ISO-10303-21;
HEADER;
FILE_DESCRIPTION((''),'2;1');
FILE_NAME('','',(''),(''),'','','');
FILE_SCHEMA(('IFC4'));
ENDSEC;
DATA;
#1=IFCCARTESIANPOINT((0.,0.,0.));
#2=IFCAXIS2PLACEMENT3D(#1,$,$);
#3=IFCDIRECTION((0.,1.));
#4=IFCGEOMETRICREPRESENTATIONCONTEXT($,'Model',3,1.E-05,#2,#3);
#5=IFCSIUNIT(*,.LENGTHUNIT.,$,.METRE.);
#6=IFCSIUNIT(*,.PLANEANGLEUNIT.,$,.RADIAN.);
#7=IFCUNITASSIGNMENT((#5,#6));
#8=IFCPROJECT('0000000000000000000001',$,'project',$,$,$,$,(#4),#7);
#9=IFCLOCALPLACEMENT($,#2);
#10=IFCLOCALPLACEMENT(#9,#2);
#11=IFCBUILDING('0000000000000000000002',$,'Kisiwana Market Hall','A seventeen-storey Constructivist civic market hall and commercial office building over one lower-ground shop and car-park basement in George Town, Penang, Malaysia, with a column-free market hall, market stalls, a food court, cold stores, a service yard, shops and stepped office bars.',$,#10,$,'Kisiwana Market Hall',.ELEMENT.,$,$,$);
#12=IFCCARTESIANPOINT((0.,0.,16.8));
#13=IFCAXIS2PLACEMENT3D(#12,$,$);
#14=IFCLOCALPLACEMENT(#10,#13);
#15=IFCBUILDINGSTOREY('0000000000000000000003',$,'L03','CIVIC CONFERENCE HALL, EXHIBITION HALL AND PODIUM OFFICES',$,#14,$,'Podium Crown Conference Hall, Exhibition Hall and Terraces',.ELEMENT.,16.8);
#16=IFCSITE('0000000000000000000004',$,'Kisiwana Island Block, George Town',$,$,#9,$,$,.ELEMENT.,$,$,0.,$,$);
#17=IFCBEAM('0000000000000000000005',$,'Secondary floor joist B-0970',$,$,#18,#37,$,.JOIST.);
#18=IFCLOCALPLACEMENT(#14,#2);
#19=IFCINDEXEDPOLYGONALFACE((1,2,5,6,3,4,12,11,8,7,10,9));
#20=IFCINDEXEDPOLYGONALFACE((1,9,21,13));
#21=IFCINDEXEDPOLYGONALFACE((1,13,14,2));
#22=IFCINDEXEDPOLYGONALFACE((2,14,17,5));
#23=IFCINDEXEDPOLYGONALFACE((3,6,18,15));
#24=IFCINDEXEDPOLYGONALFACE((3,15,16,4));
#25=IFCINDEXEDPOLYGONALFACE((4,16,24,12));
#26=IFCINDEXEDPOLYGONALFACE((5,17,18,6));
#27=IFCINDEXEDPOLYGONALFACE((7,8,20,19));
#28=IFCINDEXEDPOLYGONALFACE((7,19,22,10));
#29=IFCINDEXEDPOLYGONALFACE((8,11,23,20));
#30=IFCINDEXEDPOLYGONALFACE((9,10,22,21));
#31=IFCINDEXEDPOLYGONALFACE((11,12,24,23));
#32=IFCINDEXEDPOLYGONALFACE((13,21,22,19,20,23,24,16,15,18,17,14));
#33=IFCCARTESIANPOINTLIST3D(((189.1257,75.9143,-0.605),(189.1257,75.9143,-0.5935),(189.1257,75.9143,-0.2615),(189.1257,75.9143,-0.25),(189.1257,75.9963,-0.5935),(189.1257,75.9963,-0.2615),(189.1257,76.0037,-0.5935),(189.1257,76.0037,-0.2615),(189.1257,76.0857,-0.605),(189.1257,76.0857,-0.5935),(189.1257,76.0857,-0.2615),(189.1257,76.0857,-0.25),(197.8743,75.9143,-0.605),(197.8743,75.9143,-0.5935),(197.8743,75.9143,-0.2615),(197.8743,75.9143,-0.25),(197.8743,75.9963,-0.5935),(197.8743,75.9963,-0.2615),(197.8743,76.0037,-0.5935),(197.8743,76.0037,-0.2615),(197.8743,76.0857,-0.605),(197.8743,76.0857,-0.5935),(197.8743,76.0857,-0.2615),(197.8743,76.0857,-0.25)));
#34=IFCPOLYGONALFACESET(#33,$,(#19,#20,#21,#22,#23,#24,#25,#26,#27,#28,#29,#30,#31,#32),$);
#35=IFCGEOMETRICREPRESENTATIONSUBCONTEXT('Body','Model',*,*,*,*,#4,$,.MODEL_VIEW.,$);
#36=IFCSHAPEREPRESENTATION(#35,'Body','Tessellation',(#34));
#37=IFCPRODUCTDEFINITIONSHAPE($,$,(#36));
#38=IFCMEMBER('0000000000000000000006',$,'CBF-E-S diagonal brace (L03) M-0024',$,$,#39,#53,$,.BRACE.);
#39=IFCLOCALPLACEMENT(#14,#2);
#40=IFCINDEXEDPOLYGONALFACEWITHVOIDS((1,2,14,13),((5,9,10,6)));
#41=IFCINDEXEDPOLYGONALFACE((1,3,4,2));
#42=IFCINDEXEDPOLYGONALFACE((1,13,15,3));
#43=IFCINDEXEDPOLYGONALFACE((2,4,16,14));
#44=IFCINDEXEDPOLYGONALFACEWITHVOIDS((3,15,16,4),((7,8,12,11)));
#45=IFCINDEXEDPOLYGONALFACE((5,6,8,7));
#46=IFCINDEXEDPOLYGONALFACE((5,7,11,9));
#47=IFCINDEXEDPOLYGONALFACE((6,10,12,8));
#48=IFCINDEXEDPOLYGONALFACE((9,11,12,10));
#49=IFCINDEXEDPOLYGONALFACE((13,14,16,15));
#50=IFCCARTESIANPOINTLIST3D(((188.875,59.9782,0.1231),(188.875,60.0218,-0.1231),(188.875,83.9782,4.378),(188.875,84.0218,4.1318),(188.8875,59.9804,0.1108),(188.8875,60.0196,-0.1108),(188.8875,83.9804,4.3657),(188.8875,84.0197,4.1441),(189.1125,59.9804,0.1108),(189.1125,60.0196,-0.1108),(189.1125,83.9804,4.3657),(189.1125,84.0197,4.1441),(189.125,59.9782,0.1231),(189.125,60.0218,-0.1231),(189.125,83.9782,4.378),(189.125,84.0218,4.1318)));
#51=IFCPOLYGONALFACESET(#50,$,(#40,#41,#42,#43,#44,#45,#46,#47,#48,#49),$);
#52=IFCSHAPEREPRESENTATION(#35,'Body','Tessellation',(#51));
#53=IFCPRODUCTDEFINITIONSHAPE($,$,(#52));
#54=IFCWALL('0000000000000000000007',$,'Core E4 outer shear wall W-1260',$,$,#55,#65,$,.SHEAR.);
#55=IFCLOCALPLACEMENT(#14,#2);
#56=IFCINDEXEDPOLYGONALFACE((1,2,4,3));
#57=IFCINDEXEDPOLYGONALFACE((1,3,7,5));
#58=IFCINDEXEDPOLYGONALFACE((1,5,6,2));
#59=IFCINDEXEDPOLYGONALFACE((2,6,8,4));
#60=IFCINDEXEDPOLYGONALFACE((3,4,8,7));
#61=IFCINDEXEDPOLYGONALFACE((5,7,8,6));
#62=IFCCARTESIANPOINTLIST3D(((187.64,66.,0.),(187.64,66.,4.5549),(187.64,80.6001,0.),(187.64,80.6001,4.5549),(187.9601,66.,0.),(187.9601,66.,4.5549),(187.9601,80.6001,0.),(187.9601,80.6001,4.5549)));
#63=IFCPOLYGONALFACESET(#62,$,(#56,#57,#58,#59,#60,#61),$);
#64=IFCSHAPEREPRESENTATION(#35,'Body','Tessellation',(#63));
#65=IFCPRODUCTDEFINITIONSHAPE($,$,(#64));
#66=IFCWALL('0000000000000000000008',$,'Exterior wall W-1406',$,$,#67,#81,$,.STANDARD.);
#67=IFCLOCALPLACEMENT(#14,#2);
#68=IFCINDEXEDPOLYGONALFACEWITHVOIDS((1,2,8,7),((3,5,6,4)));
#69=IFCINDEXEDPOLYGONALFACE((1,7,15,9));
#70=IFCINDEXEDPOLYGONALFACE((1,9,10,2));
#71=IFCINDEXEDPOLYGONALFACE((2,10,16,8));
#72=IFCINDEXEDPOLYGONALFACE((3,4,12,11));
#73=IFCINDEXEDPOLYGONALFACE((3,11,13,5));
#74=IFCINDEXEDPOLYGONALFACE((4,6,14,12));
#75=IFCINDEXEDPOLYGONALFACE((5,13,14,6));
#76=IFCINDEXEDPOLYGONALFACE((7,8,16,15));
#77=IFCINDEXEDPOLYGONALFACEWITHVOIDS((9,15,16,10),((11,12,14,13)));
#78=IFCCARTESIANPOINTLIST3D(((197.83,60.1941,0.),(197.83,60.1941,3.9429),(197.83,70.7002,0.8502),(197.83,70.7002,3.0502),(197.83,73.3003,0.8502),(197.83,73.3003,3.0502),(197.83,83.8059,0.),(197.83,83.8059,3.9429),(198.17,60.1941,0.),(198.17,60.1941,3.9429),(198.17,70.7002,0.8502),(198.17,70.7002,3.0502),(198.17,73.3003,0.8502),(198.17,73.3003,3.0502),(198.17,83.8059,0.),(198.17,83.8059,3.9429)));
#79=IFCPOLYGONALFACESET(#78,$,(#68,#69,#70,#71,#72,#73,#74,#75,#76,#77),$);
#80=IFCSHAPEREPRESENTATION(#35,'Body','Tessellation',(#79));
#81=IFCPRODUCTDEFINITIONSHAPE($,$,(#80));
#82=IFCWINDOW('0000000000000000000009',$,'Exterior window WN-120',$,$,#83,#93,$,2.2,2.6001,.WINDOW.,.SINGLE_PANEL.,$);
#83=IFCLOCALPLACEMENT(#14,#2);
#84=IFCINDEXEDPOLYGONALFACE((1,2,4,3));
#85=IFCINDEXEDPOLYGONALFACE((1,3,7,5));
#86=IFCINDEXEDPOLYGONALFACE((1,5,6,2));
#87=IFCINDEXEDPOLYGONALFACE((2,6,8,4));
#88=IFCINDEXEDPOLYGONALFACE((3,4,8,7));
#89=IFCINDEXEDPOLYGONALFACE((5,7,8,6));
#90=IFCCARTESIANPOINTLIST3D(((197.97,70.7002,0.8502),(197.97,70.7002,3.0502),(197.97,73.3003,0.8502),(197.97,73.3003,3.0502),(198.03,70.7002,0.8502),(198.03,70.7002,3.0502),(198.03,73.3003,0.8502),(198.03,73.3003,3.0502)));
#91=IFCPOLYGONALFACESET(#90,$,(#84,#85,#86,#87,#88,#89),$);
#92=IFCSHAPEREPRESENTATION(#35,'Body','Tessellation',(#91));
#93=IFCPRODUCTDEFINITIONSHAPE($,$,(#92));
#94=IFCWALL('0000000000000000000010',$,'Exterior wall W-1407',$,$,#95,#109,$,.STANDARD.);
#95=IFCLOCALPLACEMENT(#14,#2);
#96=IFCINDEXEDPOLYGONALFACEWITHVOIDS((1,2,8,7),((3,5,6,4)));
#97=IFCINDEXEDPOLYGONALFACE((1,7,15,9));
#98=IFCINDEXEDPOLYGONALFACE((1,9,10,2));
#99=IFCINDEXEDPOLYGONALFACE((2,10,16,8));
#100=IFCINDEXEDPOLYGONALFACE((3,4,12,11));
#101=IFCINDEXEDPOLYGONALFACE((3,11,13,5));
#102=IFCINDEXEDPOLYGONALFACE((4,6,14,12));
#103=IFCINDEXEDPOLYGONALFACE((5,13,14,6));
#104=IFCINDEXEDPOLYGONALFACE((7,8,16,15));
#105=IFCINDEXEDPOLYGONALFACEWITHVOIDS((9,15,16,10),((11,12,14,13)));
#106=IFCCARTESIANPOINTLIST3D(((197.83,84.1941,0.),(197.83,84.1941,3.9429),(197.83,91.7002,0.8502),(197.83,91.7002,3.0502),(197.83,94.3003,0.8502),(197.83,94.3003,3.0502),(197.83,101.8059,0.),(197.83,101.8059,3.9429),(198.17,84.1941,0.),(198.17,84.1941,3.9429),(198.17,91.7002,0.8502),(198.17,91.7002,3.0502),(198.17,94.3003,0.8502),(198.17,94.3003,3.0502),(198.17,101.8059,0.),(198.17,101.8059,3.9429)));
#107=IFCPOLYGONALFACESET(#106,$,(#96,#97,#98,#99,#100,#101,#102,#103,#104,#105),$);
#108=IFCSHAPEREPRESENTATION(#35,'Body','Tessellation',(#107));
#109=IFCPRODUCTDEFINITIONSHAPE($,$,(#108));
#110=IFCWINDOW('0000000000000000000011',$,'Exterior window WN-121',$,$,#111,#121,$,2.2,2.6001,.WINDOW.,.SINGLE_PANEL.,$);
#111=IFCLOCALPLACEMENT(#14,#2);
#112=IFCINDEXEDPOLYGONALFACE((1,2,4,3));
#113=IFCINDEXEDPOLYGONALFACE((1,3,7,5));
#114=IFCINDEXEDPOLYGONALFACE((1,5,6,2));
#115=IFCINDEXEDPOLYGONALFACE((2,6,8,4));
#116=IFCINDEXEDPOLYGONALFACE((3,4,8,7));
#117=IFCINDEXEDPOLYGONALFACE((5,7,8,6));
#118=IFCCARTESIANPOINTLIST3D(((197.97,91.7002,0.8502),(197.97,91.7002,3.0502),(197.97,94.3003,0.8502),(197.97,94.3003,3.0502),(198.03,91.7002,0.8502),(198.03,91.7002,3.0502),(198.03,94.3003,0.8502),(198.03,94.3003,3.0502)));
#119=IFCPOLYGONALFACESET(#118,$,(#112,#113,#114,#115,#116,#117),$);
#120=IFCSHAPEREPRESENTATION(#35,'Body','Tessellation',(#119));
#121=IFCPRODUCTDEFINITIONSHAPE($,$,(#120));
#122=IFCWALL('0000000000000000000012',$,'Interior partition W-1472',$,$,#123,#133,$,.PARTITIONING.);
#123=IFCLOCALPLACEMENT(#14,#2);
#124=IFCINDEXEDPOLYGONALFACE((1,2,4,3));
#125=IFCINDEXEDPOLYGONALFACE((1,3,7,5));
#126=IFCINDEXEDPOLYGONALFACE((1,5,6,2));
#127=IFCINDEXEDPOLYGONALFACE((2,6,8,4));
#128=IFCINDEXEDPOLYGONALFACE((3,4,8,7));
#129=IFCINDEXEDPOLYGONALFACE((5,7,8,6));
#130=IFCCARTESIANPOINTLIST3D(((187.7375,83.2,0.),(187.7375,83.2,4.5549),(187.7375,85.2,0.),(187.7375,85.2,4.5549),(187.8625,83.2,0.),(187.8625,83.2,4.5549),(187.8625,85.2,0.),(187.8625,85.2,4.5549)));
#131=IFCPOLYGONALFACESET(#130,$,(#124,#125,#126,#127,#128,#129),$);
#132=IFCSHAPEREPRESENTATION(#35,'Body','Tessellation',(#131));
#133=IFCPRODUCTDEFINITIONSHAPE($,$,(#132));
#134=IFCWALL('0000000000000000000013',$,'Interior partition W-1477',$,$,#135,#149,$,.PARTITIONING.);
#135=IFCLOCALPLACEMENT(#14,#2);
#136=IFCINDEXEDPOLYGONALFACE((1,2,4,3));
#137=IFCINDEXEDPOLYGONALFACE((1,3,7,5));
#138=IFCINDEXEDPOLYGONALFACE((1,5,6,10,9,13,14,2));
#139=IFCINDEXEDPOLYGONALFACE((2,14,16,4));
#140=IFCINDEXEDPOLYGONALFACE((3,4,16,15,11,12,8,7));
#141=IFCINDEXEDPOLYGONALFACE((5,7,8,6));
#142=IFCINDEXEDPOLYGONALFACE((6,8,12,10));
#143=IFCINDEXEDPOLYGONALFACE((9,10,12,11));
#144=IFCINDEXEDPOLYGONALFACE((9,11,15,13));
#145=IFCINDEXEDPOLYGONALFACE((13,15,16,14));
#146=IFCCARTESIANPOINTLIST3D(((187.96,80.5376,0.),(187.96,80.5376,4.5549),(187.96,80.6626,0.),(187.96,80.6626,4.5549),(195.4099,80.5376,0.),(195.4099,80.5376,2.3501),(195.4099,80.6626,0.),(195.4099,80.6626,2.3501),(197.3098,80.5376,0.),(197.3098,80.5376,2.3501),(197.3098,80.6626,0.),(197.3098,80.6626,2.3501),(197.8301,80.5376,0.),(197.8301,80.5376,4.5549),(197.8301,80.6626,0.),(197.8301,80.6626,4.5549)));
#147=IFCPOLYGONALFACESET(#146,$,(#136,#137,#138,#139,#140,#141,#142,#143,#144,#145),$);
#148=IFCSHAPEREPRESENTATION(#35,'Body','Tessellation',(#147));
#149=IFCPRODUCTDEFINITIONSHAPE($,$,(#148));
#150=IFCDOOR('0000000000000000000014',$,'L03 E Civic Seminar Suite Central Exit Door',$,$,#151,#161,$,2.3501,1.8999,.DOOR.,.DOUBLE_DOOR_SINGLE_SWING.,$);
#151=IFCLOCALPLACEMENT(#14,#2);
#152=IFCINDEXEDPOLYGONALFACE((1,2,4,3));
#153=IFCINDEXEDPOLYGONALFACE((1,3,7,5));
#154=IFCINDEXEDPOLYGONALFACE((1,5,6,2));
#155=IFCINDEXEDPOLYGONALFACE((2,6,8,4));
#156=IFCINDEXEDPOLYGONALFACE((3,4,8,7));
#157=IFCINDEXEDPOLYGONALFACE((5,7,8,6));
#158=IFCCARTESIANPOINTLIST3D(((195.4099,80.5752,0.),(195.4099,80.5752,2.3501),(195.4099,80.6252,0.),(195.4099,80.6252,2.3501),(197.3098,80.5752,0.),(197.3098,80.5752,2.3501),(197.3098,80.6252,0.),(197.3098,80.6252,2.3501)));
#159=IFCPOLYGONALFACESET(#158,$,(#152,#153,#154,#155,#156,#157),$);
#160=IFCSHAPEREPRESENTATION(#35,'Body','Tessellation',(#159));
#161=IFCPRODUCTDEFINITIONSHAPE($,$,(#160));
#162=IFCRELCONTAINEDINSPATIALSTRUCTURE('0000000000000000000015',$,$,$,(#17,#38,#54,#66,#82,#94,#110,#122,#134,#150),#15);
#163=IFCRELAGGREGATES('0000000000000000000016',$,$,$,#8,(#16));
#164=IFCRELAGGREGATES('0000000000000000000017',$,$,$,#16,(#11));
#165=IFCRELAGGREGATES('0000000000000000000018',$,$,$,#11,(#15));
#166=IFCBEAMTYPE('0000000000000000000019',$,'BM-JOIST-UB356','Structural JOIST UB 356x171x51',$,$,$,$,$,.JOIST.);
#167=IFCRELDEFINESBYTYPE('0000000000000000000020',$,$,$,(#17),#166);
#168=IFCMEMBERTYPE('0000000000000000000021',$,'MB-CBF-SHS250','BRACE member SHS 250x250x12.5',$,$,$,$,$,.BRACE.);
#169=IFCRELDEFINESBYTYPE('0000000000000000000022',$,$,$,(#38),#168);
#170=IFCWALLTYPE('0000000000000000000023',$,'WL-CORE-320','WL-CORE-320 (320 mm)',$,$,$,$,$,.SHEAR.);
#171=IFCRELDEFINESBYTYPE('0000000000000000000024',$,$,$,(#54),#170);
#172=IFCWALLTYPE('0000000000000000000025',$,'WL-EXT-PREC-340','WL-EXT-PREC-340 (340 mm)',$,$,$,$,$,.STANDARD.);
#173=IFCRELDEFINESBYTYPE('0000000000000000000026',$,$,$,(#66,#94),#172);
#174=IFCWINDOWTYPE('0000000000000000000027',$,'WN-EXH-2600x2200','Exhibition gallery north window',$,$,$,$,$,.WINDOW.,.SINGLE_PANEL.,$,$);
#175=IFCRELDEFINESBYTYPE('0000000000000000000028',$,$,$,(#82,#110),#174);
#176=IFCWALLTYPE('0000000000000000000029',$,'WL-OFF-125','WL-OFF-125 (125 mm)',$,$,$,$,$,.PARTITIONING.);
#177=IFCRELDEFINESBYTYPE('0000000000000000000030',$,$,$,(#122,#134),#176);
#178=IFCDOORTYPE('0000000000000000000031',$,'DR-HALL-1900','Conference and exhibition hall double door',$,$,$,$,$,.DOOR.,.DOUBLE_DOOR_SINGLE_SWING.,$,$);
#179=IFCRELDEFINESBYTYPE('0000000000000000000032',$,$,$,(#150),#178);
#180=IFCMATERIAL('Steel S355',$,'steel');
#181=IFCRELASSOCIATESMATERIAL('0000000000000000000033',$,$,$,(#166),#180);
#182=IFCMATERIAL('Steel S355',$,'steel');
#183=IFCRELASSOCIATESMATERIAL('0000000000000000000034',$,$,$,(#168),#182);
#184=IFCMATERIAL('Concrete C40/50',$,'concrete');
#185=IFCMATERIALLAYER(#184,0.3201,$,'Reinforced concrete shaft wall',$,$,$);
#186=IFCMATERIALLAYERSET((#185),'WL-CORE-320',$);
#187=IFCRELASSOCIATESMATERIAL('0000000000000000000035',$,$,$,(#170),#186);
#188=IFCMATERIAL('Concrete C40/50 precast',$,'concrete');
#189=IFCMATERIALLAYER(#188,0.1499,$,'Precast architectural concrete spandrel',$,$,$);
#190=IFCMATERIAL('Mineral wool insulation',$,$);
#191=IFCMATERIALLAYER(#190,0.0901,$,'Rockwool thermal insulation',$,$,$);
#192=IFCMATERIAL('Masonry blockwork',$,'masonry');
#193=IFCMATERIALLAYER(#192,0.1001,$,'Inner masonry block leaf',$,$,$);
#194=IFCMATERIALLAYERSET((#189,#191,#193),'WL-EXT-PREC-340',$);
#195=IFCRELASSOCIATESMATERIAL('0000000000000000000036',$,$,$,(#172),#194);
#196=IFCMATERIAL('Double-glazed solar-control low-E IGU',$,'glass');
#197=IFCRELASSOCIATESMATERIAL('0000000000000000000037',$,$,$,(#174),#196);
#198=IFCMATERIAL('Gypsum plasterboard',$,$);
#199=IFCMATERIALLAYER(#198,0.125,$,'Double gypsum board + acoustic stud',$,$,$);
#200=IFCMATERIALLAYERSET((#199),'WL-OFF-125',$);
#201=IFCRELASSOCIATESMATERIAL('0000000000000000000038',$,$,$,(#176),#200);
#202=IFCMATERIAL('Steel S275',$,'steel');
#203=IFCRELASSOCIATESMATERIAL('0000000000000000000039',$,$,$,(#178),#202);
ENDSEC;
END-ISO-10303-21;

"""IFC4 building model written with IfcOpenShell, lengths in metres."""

from ifc_helpers import new_model, si_unit, direction, frame, frame_2d, origin, origin_2d, place, context, subcontext, project, spatial, rectangle, hollow_rectangle, i_section, extrude, material, layer, layer_set, material_profile, profile_set, type_object, element, fill, save


model = new_model("IFC4")

# Units and contexts
model_context = context("Model", 3, precision=1e-05, world=origin(), true_north=direction((0.0, 1.0)))
body_context = subcontext(model_context, "Body", "Model", "MODEL_VIEW")
ifc_project = project(units=[si_unit("LENGTHUNIT", "METRE"), si_unit("PLANEANGLEUNIT", "RADIAN")], contexts=[model_context])

# Site, building, storey
site_placement = place(None, origin())
site = spatial("IfcSite", under=ifc_project, at=site_placement, Name="Kisiwana Island Block, George Town", CompositionType="ELEMENT", RefElevation=0.0)
building_placement = place(site_placement, origin())
building = spatial("IfcBuilding", under=site, at=building_placement, Name="Kisiwana Market Hall", Description="A seventeen-storey Constructivist civic market hall and commercial office building over one lower-ground shop and car-park basement in George Town, Penang, Malaysia, with a column-free market hall, market stalls, a food court, cold stores, a service yard, shops and stepped office bars.", LongName="Kisiwana Market Hall", CompositionType="ELEMENT")
storey_placement = place(building_placement, frame((0.0, 0.0, 16.8)))
storey = spatial("IfcBuildingStorey", under=building, at=storey_placement, Name="L03", Description="CIVIC CONFERENCE HALL, EXHIBITION HALL AND PODIUM OFFICES", LongName="Podium Crown Conference Hall, Exhibition Hall and Terraces", CompositionType="ELEMENT", Elevation=16.8)

# Beam
ifc_material_1 = material(Name="Steel S355", Category="steel")
ifc_material_profile_1 = material_profile(ifc_material_1, i_section(OverallWidth=0.1714, OverallDepth=0.355, WebThickness=0.0073, FlangeThickness=0.0115, at=origin_2d()), Name="UB 356x171x51")
ifc_profile_set_1 = profile_set([ifc_material_profile_1], Name="Steel S355")
beam_type_1 = type_object("IfcBeamType", Name="BM-JOIST-UB356", Description="Structural JOIST UB 356x171x51", PredefinedType="JOIST", material=ifc_profile_set_1)
for number, where, z_axis, x_axis, name in (
    (1, (189.1257, 76.0, -0.4275), (1.0, 0.0, 0.0), (0.0, 1.0, 0.0), "Secondary floor joist B-0970"),
):
    element("IfcBeam", number, at=place(storey_placement, frame(where, z_axis=z_axis, x_axis=x_axis)), inside=storey, type_object=beam_type_1, Name=name, PredefinedType="JOIST", context=body_context, shape_type="SweptSolid", body=[
        extrude(i_section(OverallWidth=0.1714, OverallDepth=0.355, WebThickness=0.0073, FlangeThickness=0.0115, at=origin_2d()), origin(), (0.0, 0.0, 1.0), 8.7485),
    ])

# Member
ifc_material_2 = material(Name="Steel S355", Category="steel")
ifc_material_profile_2 = material_profile(ifc_material_2, hollow_rectangle(XDim=0.25, YDim=0.25, WallThickness=0.0125, at=origin_2d()), Name="SHS 250x250x12.5")
ifc_profile_set_2 = profile_set([ifc_material_profile_2], Name="Steel S355")
member_type = type_object("IfcMemberType", Name="MB-CBF-SHS250", Description="BRACE member SHS 250x250x12.5", PredefinedType="BRACE", material=ifc_profile_set_2)
member_placement = place(storey_placement, frame((189.0, 60.0, 0.0), z_axis=(0.0, 0.984646, 0.174565), x_axis=(-1.0, 0.0, 0.0)))
element("IfcMember", 2, at=member_placement, inside=storey, type_object=member_type, Name="CBF-E-S diagonal brace (L03) M-0024", PredefinedType="BRACE", context=body_context, shape_type="SweptSolid", body=[
    extrude(hollow_rectangle(XDim=0.25, YDim=0.25, WallThickness=0.0125, at=origin_2d()), origin(), (0.0, 0.0, 1.0), 24.3743),
])

# Wall
ifc_material_3 = material(Name="Concrete C40/50", Category="concrete")
ifc_layer_1 = layer(ifc_material_3, 0.3201, Name="Reinforced concrete shaft wall")
ifc_layer_set_1 = layer_set([ifc_layer_1], Name="WL-CORE-320")
wall_type_1 = type_object("IfcWallType", Name="WL-CORE-320", Description="WL-CORE-320 (320 mm)", PredefinedType="SHEAR", material=ifc_layer_set_1)
wall_1_placement = place(storey_placement, frame((187.8, 66.0, 0.0), z_axis=(0.0, 0.0, 1.0), x_axis=(0.0, 1.0, 0.0)))
element("IfcWall", 3, at=wall_1_placement, inside=storey, type_object=wall_type_1, Name="Core E4 outer shear wall W-1260", PredefinedType="SHEAR", context=body_context, shape_type="SweptSolid", body=[
    extrude(rectangle(XDim=14.6001, YDim=0.3201, at=frame_2d((7.3, 0.0))), origin(), (0.0, 0.0, 1.0), 4.5549),
])

# Walls, openings, windows
ifc_material_4 = material(Name="Concrete C40/50 precast", Category="concrete")
ifc_layer_2 = layer(ifc_material_4, 0.1499, Name="Precast architectural concrete spandrel")
ifc_material_5 = material(Name="Mineral wool insulation")
ifc_layer_3 = layer(ifc_material_5, 0.0901, Name="Rockwool thermal insulation")
ifc_material_6 = material(Name="Masonry blockwork", Category="masonry")
ifc_layer_4 = layer(ifc_material_6, 0.1001, Name="Inner masonry block leaf")
ifc_layer_set_2 = layer_set([ifc_layer_2, ifc_layer_3, ifc_layer_4], Name="WL-EXT-PREC-340")
wall_type_2 = type_object("IfcWallType", Name="WL-EXT-PREC-340", Description="WL-EXT-PREC-340 (340 mm)", PredefinedType="STANDARD", material=ifc_layer_set_2)
wall_2_placement = place(storey_placement, frame((198.0, 60.1941, 0.0), z_axis=(0.0, 0.0, 1.0), x_axis=(0.0, 1.0, 0.0)))
wall_2 = element("IfcWall", 4, at=wall_2_placement, inside=storey, type_object=wall_type_2, Name="Exterior wall W-1406", PredefinedType="STANDARD", context=body_context, shape_type="SweptSolid", body=[
    extrude(rectangle(XDim=23.6118, YDim=0.3401, at=frame_2d((11.8059, 0.0))), origin(), (0.0, 0.0, 1.0), 3.9429),
])
opening_1_placement = place(wall_2_placement, frame((10.5061, 0.0, 0.8501)))
opening_1 = element("IfcOpeningElement", 5, at=opening_1_placement, cuts=wall_2, PredefinedType="OPENING", context=body_context, shape_type="SweptSolid", body=[
    extrude(rectangle(XDim=2.6001, YDim=2.2, at=frame_2d((1.3, 1.1001))), frame((0.0, 0.1821, 0.0), z_axis=(0.0, -1.0, 0.0), x_axis=(1.0, 0.0, 0.0)), (0.0, 0.0, 1.0), 0.364),
])
ifc_material_7 = material(Name="Double-glazed solar-control low-E IGU", Category="glass")
window_type = type_object("IfcWindowType", Name="WN-EXH-2600x2200", Description="Exhibition gallery north window", PartitioningType="SINGLE_PANEL", PredefinedType="WINDOW", material=ifc_material_7)
window_1_placement = place(opening_1_placement, origin())
window_1 = element("IfcWindow", 6, at=window_1_placement, inside=storey, type_object=window_type, Name="Exterior window WN-120", OverallHeight=2.2, OverallWidth=2.6001, PartitioningType="SINGLE_PANEL", PredefinedType="WINDOW", context=body_context, shape_type="SweptSolid", body=[
    extrude(rectangle(XDim=2.6001, YDim=2.2, at=frame_2d((1.3, 1.1001))), frame((0.0, 0.03, 0.0), z_axis=(0.0, -1.0, 0.0), x_axis=(1.0, 0.0, 0.0)), (0.0, 0.0, 1.0), 0.0601),
])
fill(opening_1, window_1)
wall_3_placement = place(storey_placement, frame((198.0, 84.1941, 0.0), z_axis=(0.0, 0.0, 1.0), x_axis=(0.0, 1.0, 0.0)))
wall_3 = element("IfcWall", 7, at=wall_3_placement, inside=storey, type_object=wall_type_2, Name="Exterior wall W-1407", PredefinedType="STANDARD", context=body_context, shape_type="SweptSolid", body=[
    extrude(rectangle(XDim=17.6118, YDim=0.3401, at=frame_2d((8.8059, 0.0))), origin(), (0.0, 0.0, 1.0), 3.9429),
])
opening_2_placement = place(wall_3_placement, frame((7.5061, 0.0, 0.8501)))
opening_2 = element("IfcOpeningElement", 8, at=opening_2_placement, cuts=wall_3, PredefinedType="OPENING", context=body_context, shape_type="SweptSolid", body=[
    extrude(rectangle(XDim=2.6001, YDim=2.2, at=frame_2d((1.3, 1.1001))), frame((0.0, 0.1821, 0.0), z_axis=(0.0, -1.0, 0.0), x_axis=(1.0, 0.0, 0.0)), (0.0, 0.0, 1.0), 0.364),
])
window_2_placement = place(opening_2_placement, origin())
window_2 = element("IfcWindow", 9, at=window_2_placement, inside=storey, type_object=window_type, Name="Exterior window WN-121", OverallHeight=2.2, OverallWidth=2.6001, PartitioningType="SINGLE_PANEL", PredefinedType="WINDOW", context=body_context, shape_type="SweptSolid", body=[
    extrude(rectangle(XDim=2.6001, YDim=2.2, at=frame_2d((1.3, 1.1001))), frame((0.0, 0.03, 0.0), z_axis=(0.0, -1.0, 0.0), x_axis=(1.0, 0.0, 0.0)), (0.0, 0.0, 1.0), 0.0601),
])
fill(opening_2, window_2)

# Wall
ifc_material_8 = material(Name="Gypsum plasterboard")
ifc_layer_5 = layer(ifc_material_8, 0.125, Name="Double gypsum board + acoustic stud")
ifc_layer_set_3 = layer_set([ifc_layer_5], Name="WL-OFF-125")
wall_type_3 = type_object("IfcWallType", Name="WL-OFF-125", Description="WL-OFF-125 (125 mm)", PredefinedType="PARTITIONING", material=ifc_layer_set_3)
wall_4_placement = place(storey_placement, frame((187.8, 83.2, 0.0), z_axis=(0.0, 0.0, 1.0), x_axis=(0.0, 1.0, 0.0)))
element("IfcWall", 10, at=wall_4_placement, inside=storey, type_object=wall_type_3, Name="Interior partition W-1472", PredefinedType="PARTITIONING", context=body_context, shape_type="SweptSolid", body=[
    extrude(rectangle(XDim=2.0, YDim=0.125, at=frame_2d((1.0, 0.0))), origin(), (0.0, 0.0, 1.0), 4.5549),
])

# Wall, opening, door
wall_5_placement = place(storey_placement, frame((187.96, 80.6001, 0.0), z_axis=(0.0, 0.0, 1.0), x_axis=(1.0, 0.0, 0.0)))
wall_5 = element("IfcWall", 11, at=wall_5_placement, inside=storey, type_object=wall_type_3, Name="Interior partition W-1477", PredefinedType="PARTITIONING", context=body_context, shape_type="SweptSolid", body=[
    extrude(rectangle(XDim=9.8701, YDim=0.125, at=frame_2d((4.9351, 0.0))), origin(), (0.0, 0.0, 1.0), 4.5549),
])
opening_3_placement = place(wall_5_placement, frame((7.45, 0.0, 0.0)))
opening_3 = element("IfcOpeningElement", 12, at=opening_3_placement, cuts=wall_5, PredefinedType="OPENING", context=body_context, shape_type="SweptSolid", body=[
    extrude(rectangle(XDim=1.8999, YDim=2.3501, at=frame_2d((0.95, 1.175))), frame((0.0, 0.0745, 0.0), z_axis=(0.0, -1.0, 0.0), x_axis=(1.0, 0.0, 0.0)), (0.0, 0.0, 1.0), 0.1489),
])
ifc_material_9 = material(Name="Steel S275", Category="steel")
door_type_1 = type_object("IfcDoorType", Name="DR-HALL-1900", Description="Conference and exhibition hall double door", OperationType="DOUBLE_DOOR_SINGLE_SWING", PredefinedType="DOOR", material=ifc_material_9)
door_1_placement = place(opening_3_placement, frame((1.8999, 0.0, 0.0), z_axis=(0.0, 0.0, 1.0), x_axis=(-1.0, 0.0, 0.0)))
door_1 = element("IfcDoor", 13, at=door_1_placement, inside=storey, type_object=door_type_1, Name="L03 E Civic Seminar Suite Central Exit Door", OperationType="DOUBLE_DOOR_SINGLE_SWING", OverallHeight=2.3501, OverallWidth=1.8999, PredefinedType="DOOR", context=body_context, shape_type="SweptSolid", body=[
    extrude(rectangle(XDim=1.8999, YDim=2.3501, at=frame_2d((0.95, 1.175))), frame((0.0, 0.0249, 0.0), z_axis=(0.0, -1.0, 0.0), x_axis=(1.0, 0.0, 0.0)), (0.0, 0.0, 1.0), 0.05),
])
fill(opening_3, door_1)

save(model, "model.ifc")
